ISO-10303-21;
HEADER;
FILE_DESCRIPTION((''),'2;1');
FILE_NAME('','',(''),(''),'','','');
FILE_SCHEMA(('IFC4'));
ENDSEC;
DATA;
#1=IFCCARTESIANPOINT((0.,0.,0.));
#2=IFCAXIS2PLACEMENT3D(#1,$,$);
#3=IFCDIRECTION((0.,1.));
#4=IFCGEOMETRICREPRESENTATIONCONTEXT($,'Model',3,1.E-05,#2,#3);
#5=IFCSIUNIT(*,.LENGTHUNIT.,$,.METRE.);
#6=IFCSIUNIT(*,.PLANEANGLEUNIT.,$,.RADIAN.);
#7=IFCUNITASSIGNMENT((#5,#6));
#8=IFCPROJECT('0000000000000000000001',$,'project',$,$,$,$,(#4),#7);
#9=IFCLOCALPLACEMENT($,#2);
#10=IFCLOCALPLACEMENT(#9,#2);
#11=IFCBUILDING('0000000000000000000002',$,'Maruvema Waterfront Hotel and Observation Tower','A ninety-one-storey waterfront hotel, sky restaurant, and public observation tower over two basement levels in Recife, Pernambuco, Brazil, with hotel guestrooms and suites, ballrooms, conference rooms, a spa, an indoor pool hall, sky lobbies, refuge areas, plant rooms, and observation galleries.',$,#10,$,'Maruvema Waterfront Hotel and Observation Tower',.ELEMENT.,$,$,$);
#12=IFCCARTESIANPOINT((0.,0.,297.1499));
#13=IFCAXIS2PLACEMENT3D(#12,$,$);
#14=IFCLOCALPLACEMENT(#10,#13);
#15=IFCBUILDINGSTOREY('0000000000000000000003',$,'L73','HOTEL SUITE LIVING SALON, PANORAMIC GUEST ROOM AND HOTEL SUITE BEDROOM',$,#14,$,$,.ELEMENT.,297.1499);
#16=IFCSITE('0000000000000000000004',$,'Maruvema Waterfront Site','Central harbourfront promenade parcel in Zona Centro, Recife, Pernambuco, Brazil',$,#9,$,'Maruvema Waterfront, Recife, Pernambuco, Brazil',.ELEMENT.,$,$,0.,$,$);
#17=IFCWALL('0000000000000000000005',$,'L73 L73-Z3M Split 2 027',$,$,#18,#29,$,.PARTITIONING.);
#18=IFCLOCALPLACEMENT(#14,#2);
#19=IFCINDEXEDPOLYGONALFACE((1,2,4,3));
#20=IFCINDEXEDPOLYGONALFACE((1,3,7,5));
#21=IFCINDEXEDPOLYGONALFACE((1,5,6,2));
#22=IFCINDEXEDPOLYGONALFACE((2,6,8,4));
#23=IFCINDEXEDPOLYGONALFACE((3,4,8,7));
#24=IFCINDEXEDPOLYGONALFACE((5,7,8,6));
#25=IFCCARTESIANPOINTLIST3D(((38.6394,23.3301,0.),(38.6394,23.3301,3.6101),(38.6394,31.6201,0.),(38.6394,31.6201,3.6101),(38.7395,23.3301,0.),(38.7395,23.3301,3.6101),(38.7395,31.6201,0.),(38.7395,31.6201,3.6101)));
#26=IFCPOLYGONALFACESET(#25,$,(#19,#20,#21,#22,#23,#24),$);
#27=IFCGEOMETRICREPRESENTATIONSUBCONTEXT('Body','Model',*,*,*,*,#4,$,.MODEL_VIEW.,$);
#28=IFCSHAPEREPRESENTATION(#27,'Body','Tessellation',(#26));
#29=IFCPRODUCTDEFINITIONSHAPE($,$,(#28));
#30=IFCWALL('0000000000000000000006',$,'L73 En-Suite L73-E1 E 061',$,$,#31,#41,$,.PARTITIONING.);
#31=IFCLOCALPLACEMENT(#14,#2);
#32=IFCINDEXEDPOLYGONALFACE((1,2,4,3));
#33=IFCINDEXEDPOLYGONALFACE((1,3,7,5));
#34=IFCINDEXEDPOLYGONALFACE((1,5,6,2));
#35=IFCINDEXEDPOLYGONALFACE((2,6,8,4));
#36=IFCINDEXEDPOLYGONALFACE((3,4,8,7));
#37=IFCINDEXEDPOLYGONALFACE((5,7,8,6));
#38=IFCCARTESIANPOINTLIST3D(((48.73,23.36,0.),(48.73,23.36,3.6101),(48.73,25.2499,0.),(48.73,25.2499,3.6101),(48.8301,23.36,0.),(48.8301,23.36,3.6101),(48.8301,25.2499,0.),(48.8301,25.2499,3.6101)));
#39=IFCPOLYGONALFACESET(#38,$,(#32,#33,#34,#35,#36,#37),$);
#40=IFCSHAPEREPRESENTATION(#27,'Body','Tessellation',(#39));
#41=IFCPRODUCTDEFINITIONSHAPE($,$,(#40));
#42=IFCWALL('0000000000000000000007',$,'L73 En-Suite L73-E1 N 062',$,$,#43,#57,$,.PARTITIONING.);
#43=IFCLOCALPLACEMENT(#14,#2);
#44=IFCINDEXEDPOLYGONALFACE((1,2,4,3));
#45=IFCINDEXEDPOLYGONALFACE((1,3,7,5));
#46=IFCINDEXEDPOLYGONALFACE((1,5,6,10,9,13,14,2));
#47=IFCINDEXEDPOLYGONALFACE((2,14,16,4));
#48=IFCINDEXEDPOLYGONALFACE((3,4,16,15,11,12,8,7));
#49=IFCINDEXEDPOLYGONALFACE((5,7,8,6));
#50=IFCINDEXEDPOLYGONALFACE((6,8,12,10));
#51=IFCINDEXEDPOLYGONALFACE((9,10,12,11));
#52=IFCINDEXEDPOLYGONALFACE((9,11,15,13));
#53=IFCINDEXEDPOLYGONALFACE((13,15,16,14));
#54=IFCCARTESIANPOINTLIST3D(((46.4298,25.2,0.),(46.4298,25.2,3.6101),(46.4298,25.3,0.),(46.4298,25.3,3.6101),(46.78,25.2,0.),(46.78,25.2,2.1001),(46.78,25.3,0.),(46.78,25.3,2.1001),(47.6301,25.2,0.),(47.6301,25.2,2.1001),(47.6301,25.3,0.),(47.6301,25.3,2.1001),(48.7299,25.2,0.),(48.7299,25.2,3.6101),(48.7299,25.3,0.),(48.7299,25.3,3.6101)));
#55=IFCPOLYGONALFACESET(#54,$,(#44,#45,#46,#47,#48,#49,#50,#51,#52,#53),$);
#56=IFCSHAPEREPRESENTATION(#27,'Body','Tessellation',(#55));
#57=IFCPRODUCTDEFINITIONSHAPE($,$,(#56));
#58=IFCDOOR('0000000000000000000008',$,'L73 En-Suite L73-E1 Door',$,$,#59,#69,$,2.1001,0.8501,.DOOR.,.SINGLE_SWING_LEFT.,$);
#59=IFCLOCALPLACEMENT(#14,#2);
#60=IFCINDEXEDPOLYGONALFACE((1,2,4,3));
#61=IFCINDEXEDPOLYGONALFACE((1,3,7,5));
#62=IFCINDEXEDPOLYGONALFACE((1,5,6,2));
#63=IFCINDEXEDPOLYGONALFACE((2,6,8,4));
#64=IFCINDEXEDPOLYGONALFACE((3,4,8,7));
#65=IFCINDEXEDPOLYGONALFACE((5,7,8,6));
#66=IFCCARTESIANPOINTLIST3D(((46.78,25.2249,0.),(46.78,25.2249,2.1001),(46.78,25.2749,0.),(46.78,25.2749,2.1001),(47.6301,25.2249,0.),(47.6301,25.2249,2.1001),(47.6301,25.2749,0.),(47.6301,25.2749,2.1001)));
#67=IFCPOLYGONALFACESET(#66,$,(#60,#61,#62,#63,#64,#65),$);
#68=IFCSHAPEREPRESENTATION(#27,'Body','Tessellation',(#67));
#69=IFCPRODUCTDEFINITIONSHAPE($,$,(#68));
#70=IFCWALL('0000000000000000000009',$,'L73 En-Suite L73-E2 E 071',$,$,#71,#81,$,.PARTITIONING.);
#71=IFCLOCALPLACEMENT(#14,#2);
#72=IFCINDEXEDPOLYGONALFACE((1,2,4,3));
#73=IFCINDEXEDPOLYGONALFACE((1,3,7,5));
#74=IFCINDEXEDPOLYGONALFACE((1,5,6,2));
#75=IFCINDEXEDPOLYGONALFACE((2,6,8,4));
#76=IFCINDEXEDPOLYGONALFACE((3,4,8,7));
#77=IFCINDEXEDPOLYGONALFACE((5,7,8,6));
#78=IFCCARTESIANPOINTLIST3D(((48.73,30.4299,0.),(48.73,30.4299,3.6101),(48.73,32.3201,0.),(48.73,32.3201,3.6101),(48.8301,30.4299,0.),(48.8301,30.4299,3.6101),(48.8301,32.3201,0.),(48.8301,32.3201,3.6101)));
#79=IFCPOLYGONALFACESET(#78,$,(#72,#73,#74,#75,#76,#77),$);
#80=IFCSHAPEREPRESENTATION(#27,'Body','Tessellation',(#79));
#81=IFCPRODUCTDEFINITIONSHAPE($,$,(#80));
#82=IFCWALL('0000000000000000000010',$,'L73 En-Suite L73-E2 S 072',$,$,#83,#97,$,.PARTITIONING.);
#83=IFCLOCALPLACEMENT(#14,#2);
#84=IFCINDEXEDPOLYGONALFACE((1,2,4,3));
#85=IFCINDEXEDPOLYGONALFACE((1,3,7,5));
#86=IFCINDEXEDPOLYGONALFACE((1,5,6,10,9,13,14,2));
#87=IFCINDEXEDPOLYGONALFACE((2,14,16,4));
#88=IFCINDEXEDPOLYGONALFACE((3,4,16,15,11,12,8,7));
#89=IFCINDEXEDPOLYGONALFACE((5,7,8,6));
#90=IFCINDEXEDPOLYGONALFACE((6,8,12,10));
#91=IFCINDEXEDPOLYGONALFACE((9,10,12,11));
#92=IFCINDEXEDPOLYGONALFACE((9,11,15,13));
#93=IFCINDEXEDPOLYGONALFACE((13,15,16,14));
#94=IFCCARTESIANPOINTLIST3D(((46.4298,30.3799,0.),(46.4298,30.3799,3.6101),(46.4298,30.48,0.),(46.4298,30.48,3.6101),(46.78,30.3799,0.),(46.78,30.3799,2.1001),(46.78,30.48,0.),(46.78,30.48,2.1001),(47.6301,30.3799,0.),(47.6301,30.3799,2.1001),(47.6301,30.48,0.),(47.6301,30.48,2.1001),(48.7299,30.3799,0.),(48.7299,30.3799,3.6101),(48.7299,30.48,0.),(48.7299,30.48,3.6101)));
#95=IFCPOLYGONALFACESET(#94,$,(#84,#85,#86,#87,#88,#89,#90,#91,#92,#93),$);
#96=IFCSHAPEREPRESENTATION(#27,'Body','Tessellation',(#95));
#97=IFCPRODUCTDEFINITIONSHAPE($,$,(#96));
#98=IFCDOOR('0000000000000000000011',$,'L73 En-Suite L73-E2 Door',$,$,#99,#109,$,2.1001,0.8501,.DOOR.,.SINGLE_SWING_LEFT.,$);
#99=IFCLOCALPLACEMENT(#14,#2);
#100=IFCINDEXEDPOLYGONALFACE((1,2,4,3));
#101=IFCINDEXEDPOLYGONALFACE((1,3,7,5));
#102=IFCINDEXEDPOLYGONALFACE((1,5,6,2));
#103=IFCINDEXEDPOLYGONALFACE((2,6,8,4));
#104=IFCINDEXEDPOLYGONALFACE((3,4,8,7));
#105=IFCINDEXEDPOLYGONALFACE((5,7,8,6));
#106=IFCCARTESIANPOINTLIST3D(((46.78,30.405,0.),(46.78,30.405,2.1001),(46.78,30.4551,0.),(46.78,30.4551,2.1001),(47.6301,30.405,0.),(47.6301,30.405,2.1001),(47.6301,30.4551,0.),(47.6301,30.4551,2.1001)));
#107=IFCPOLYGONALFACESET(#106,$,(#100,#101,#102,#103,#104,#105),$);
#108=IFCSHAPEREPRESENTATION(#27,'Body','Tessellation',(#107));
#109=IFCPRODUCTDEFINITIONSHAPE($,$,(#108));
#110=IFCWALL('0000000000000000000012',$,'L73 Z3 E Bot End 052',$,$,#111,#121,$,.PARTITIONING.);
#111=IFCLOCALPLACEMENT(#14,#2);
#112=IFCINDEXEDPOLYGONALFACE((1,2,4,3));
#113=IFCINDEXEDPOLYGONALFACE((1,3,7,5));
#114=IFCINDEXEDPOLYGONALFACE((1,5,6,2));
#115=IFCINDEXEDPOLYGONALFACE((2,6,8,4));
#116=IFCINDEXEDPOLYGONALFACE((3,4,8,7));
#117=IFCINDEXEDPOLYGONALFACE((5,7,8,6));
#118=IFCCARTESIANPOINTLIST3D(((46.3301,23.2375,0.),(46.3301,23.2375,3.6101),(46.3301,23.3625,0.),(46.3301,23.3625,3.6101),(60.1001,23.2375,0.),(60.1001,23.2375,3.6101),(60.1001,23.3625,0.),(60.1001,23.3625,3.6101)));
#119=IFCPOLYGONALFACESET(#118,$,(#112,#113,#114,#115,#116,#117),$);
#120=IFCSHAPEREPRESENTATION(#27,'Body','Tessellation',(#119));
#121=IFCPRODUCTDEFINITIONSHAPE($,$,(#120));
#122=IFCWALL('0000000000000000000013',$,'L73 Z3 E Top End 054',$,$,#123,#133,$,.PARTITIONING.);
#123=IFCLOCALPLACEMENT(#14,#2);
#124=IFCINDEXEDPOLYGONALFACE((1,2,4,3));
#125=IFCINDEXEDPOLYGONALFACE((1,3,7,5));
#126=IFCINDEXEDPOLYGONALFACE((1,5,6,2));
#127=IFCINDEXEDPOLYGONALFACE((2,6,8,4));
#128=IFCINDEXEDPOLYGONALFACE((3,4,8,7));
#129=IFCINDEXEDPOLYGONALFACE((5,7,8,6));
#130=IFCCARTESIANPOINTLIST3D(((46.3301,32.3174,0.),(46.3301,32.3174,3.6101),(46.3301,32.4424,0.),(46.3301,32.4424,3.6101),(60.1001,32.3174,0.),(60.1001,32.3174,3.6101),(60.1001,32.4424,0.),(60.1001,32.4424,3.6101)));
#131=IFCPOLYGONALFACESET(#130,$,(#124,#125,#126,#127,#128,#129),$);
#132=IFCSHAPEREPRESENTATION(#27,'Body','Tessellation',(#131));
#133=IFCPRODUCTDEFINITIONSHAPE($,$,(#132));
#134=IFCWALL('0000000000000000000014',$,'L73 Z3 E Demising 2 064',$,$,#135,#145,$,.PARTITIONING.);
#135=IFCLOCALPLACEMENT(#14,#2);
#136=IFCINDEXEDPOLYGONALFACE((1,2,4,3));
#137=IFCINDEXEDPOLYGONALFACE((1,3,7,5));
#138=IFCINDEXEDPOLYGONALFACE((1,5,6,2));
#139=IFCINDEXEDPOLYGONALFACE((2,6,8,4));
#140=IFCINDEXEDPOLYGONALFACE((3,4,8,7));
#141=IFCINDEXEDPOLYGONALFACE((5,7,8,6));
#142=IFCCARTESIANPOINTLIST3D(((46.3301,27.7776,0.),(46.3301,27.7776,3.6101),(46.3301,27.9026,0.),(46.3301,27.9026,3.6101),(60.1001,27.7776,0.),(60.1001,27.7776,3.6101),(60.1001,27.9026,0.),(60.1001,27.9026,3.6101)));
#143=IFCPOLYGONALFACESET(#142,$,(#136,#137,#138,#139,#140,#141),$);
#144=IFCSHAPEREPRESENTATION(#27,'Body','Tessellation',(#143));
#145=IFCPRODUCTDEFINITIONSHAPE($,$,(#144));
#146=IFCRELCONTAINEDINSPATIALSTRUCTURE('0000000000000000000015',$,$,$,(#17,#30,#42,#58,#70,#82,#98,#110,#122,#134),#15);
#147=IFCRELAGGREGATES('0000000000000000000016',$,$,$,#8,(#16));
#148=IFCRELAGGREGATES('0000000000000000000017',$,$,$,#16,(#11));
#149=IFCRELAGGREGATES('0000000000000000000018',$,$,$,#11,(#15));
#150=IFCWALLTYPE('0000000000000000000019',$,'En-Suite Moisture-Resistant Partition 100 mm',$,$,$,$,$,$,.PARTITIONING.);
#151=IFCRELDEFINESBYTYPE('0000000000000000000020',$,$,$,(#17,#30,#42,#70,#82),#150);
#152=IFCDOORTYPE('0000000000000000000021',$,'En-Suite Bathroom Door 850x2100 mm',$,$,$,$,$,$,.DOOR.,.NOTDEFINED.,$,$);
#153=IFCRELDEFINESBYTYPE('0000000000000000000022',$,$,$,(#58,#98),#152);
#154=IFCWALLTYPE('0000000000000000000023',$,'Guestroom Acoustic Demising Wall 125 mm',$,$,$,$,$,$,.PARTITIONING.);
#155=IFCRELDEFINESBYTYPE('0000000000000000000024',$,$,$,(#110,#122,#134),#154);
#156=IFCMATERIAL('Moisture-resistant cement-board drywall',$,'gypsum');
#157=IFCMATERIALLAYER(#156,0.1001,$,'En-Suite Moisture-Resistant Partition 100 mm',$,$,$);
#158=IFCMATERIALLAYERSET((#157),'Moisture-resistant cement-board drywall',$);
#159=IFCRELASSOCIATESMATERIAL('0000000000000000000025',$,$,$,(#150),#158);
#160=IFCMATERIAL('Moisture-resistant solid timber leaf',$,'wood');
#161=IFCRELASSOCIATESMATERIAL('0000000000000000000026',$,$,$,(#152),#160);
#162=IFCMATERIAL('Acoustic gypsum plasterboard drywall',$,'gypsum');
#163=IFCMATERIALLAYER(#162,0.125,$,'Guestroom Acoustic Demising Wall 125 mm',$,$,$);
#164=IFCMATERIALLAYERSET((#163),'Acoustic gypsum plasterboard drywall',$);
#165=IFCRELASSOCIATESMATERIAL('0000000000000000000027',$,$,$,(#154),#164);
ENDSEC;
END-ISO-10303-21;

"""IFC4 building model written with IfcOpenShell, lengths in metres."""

from ifc_helpers import new_model, si_unit, direction, frame, frame_2d, origin, place, context, subcontext, project, spatial, rectangle, extrude, material, layer, layer_set, type_object, element, fill, save


model = new_model("IFC4")

# Units and contexts
model_context = context("Model", 3, precision=1e-05, world=origin(), true_north=direction((0.0, 1.0)))
body_context = subcontext(model_context, "Body", "Model", "MODEL_VIEW")
ifc_project = project(units=[si_unit("LENGTHUNIT", "METRE"), si_unit("PLANEANGLEUNIT", "RADIAN")], contexts=[model_context])

# Site, building, storey
site_placement = place(None, origin())
site = spatial("IfcSite", under=ifc_project, at=site_placement, Name="Maruvema Waterfront Site", Description="Central harbourfront promenade parcel in Zona Centro, Recife, Pernambuco, Brazil", LongName="Maruvema Waterfront, Recife, Pernambuco, Brazil", CompositionType="ELEMENT", RefElevation=0.0)
building_placement = place(site_placement, origin())
building = spatial("IfcBuilding", under=site, at=building_placement, Name="Maruvema Waterfront Hotel and Observation Tower", Description="A ninety-one-storey waterfront hotel, sky restaurant, and public observation tower over two basement levels in Recife, Pernambuco, Brazil, with hotel guestrooms and suites, ballrooms, conference rooms, a spa, an indoor pool hall, sky lobbies, refuge areas, plant rooms, and observation galleries.", LongName="Maruvema Waterfront Hotel and Observation Tower", CompositionType="ELEMENT")
storey_placement = place(building_placement, frame((0.0, 0.0, 297.1499)))
storey = spatial("IfcBuildingStorey", under=building, at=storey_placement, Name="L73", Description="HOTEL SUITE LIVING SALON, PANORAMIC GUEST ROOM AND HOTEL SUITE BEDROOM", CompositionType="ELEMENT", Elevation=297.1499)

# Walls
ifc_material_1 = material(Name="Moisture-resistant cement-board drywall", Category="gypsum")
ifc_layer_1 = layer(ifc_material_1, 0.1001, Name="En-Suite Moisture-Resistant Partition 100 mm")
ifc_layer_set_1 = layer_set([ifc_layer_1], Name="Moisture-resistant cement-board drywall")
wall_type_1 = type_object("IfcWallType", Name="En-Suite Moisture-Resistant Partition 100 mm", PredefinedType="PARTITIONING", material=ifc_layer_set_1)
wall_1_placement = place(storey_placement, frame((38.6895, 23.3301, 0.0), z_axis=(0.0, 0.0, 1.0), x_axis=(0.0, 1.0, 0.0)))
element("IfcWall", 1, at=wall_1_placement, inside=storey, type_object=wall_type_1, Name="L73 L73-Z3M Split 2 027", PredefinedType="PARTITIONING", context=body_context, shape_type="SweptSolid", body=[
    extrude(rectangle(XDim=8.29, YDim=0.1001, at=frame_2d((4.145, 0.0))), origin(), (0.0, 0.0, 1.0), 3.6101),
])
wall_2_placement = place(storey_placement, frame((48.78, 23.3601, 0.0), z_axis=(0.0, 0.0, 1.0), x_axis=(0.0, 1.0, 0.0)))
element("IfcWall", 2, at=wall_2_placement, inside=storey, type_object=wall_type_1, Name="L73 En-Suite L73-E1 E 061", PredefinedType="PARTITIONING", context=body_context, shape_type="SweptSolid", body=[
    extrude(rectangle(XDim=1.8899, YDim=0.1001, at=frame_2d((0.9448, 0.0))), origin(), (0.0, 0.0, 1.0), 3.6101),
])

# Wall, opening, door
wall_3_placement = place(storey_placement, frame((46.4299, 25.25, 0.0), z_axis=(0.0, 0.0, 1.0), x_axis=(1.0, 0.0, 0.0)))
wall_3 = element("IfcWall", 3, at=wall_3_placement, inside=storey, type_object=wall_type_1, Name="L73 En-Suite L73-E1 N 062", PredefinedType="PARTITIONING", context=body_context, shape_type="SweptSolid", body=[
    extrude(rectangle(XDim=2.3, YDim=0.1001, at=frame_2d((1.1499, 0.0))), origin(), (0.0, 0.0, 1.0), 3.6101),
])
opening_1_placement = place(wall_3_placement, frame((0.3501, 0.0, 0.0)))
opening_1 = element("IfcOpeningElement", 4, at=opening_1_placement, cuts=wall_3, PredefinedType="OPENING", context=body_context, shape_type="SweptSolid", body=[
    extrude(rectangle(XDim=0.8501, YDim=2.1001, at=frame_2d((0.425, 1.05))), frame((0.0, 0.0601, 0.0), z_axis=(0.0, -1.0, 0.0), x_axis=(1.0, 0.0, 0.0)), (0.0, 0.0, 1.0), 0.1201),
])
ifc_material_2 = material(Name="Moisture-resistant solid timber leaf", Category="wood")
door_type_1 = type_object("IfcDoorType", Name="En-Suite Bathroom Door 850x2100 mm", OperationType="NOTDEFINED", PredefinedType="DOOR", material=ifc_material_2)
door_1_placement = place(opening_1_placement, origin())
door_1 = element("IfcDoor", 5, at=door_1_placement, inside=storey, type_object=door_type_1, Name="L73 En-Suite L73-E1 Door", OperationType="SINGLE_SWING_LEFT", OverallHeight=2.1001, OverallWidth=0.8501, PredefinedType="DOOR", context=body_context, shape_type="SweptSolid", body=[
    extrude(rectangle(XDim=0.8501, YDim=2.1001, at=frame_2d((0.425, 1.05))), frame((0.0, 0.0249, 0.0), z_axis=(0.0, -1.0, 0.0), x_axis=(1.0, 0.0, 0.0)), (0.0, 0.0, 1.0), 0.05),
])
fill(opening_1, door_1)

# Wall
wall_4_placement = place(storey_placement, frame((48.78, 30.4299, 0.0), z_axis=(0.0, 0.0, 1.0), x_axis=(0.0, 1.0, 0.0)))
element("IfcWall", 6, at=wall_4_placement, inside=storey, type_object=wall_type_1, Name="L73 En-Suite L73-E2 E 071", PredefinedType="PARTITIONING", context=body_context, shape_type="SweptSolid", body=[
    extrude(rectangle(XDim=1.8901, YDim=0.1001, at=frame_2d((0.9451, 0.0))), origin(), (0.0, 0.0, 1.0), 3.6101),
])

# Wall, opening, door
wall_5_placement = place(storey_placement, frame((46.4299, 30.4299, 0.0), z_axis=(0.0, 0.0, 1.0), x_axis=(1.0, 0.0, 0.0)))
wall_5 = element("IfcWall", 7, at=wall_5_placement, inside=storey, type_object=wall_type_1, Name="L73 En-Suite L73-E2 S 072", PredefinedType="PARTITIONING", context=body_context, shape_type="SweptSolid", body=[
    extrude(rectangle(XDim=2.3, YDim=0.1001, at=frame_2d((1.1499, 0.0))), origin(), (0.0, 0.0, 1.0), 3.6101),
])
opening_2_placement = place(wall_5_placement, frame((0.3501, 0.0, 0.0)))
opening_2 = element("IfcOpeningElement", 8, at=opening_2_placement, cuts=wall_5, PredefinedType="OPENING", context=body_context, shape_type="SweptSolid", body=[
    extrude(rectangle(XDim=0.8501, YDim=2.1001, at=frame_2d((0.425, 1.05))), frame((0.0, 0.0601, 0.0), z_axis=(0.0, -1.0, 0.0), x_axis=(1.0, 0.0, 0.0)), (0.0, 0.0, 1.0), 0.1201),
])
door_2_placement = place(opening_2_placement, frame((0.8501, 0.0, 0.0), z_axis=(0.0, 0.0, 1.0), x_axis=(-1.0, 0.0, 0.0)))
door_2 = element("IfcDoor", 9, at=door_2_placement, inside=storey, type_object=door_type_1, Name="L73 En-Suite L73-E2 Door", OperationType="SINGLE_SWING_LEFT", OverallHeight=2.1001, OverallWidth=0.8501, PredefinedType="DOOR", context=body_context, shape_type="SweptSolid", body=[
    extrude(rectangle(XDim=0.8501, YDim=2.1001, at=frame_2d((0.425, 1.05))), frame((0.0, 0.0249, 0.0), z_axis=(0.0, -1.0, 0.0), x_axis=(1.0, 0.0, 0.0)), (0.0, 0.0, 1.0), 0.05),
])
fill(opening_2, door_2)

# Walls
ifc_material_3 = material(Name="Acoustic gypsum plasterboard drywall", Category="gypsum")
ifc_layer_2 = layer(ifc_material_3, 0.125, Name="Guestroom Acoustic Demising Wall 125 mm")
ifc_layer_set_2 = layer_set([ifc_layer_2], Name="Acoustic gypsum plasterboard drywall")
wall_type_2 = type_object("IfcWallType", Name="Guestroom Acoustic Demising Wall 125 mm", PredefinedType="PARTITIONING", material=ifc_layer_set_2)
for number, where, z_axis, x_axis, name in (
    (10, (46.3301, 23.3, 0.0), (0.0, 0.0, 1.0), (1.0, 0.0, 0.0), "L73 Z3 E Bot End 052"),
    (11, (46.3301, 32.3799, 0.0), (0.0, 0.0, 1.0), (1.0, 0.0, 0.0), "L73 Z3 E Top End 054"),
    (12, (46.3301, 27.8401, 0.0), (0.0, 0.0, 1.0), (1.0, 0.0, 0.0), "L73 Z3 E Demising 2 064"),
):
    element("IfcWall", number, at=place(storey_placement, frame(where, z_axis=z_axis, x_axis=x_axis)), inside=storey, type_object=wall_type_2, Name=name, PredefinedType="PARTITIONING", context=body_context, shape_type="SweptSolid", body=[
        extrude(rectangle(XDim=13.77, YDim=0.125, at=frame_2d((6.885, 0.0))), origin(), (0.0, 0.0, 1.0), 3.6101),
    ])

save(model, "model.ifc")
